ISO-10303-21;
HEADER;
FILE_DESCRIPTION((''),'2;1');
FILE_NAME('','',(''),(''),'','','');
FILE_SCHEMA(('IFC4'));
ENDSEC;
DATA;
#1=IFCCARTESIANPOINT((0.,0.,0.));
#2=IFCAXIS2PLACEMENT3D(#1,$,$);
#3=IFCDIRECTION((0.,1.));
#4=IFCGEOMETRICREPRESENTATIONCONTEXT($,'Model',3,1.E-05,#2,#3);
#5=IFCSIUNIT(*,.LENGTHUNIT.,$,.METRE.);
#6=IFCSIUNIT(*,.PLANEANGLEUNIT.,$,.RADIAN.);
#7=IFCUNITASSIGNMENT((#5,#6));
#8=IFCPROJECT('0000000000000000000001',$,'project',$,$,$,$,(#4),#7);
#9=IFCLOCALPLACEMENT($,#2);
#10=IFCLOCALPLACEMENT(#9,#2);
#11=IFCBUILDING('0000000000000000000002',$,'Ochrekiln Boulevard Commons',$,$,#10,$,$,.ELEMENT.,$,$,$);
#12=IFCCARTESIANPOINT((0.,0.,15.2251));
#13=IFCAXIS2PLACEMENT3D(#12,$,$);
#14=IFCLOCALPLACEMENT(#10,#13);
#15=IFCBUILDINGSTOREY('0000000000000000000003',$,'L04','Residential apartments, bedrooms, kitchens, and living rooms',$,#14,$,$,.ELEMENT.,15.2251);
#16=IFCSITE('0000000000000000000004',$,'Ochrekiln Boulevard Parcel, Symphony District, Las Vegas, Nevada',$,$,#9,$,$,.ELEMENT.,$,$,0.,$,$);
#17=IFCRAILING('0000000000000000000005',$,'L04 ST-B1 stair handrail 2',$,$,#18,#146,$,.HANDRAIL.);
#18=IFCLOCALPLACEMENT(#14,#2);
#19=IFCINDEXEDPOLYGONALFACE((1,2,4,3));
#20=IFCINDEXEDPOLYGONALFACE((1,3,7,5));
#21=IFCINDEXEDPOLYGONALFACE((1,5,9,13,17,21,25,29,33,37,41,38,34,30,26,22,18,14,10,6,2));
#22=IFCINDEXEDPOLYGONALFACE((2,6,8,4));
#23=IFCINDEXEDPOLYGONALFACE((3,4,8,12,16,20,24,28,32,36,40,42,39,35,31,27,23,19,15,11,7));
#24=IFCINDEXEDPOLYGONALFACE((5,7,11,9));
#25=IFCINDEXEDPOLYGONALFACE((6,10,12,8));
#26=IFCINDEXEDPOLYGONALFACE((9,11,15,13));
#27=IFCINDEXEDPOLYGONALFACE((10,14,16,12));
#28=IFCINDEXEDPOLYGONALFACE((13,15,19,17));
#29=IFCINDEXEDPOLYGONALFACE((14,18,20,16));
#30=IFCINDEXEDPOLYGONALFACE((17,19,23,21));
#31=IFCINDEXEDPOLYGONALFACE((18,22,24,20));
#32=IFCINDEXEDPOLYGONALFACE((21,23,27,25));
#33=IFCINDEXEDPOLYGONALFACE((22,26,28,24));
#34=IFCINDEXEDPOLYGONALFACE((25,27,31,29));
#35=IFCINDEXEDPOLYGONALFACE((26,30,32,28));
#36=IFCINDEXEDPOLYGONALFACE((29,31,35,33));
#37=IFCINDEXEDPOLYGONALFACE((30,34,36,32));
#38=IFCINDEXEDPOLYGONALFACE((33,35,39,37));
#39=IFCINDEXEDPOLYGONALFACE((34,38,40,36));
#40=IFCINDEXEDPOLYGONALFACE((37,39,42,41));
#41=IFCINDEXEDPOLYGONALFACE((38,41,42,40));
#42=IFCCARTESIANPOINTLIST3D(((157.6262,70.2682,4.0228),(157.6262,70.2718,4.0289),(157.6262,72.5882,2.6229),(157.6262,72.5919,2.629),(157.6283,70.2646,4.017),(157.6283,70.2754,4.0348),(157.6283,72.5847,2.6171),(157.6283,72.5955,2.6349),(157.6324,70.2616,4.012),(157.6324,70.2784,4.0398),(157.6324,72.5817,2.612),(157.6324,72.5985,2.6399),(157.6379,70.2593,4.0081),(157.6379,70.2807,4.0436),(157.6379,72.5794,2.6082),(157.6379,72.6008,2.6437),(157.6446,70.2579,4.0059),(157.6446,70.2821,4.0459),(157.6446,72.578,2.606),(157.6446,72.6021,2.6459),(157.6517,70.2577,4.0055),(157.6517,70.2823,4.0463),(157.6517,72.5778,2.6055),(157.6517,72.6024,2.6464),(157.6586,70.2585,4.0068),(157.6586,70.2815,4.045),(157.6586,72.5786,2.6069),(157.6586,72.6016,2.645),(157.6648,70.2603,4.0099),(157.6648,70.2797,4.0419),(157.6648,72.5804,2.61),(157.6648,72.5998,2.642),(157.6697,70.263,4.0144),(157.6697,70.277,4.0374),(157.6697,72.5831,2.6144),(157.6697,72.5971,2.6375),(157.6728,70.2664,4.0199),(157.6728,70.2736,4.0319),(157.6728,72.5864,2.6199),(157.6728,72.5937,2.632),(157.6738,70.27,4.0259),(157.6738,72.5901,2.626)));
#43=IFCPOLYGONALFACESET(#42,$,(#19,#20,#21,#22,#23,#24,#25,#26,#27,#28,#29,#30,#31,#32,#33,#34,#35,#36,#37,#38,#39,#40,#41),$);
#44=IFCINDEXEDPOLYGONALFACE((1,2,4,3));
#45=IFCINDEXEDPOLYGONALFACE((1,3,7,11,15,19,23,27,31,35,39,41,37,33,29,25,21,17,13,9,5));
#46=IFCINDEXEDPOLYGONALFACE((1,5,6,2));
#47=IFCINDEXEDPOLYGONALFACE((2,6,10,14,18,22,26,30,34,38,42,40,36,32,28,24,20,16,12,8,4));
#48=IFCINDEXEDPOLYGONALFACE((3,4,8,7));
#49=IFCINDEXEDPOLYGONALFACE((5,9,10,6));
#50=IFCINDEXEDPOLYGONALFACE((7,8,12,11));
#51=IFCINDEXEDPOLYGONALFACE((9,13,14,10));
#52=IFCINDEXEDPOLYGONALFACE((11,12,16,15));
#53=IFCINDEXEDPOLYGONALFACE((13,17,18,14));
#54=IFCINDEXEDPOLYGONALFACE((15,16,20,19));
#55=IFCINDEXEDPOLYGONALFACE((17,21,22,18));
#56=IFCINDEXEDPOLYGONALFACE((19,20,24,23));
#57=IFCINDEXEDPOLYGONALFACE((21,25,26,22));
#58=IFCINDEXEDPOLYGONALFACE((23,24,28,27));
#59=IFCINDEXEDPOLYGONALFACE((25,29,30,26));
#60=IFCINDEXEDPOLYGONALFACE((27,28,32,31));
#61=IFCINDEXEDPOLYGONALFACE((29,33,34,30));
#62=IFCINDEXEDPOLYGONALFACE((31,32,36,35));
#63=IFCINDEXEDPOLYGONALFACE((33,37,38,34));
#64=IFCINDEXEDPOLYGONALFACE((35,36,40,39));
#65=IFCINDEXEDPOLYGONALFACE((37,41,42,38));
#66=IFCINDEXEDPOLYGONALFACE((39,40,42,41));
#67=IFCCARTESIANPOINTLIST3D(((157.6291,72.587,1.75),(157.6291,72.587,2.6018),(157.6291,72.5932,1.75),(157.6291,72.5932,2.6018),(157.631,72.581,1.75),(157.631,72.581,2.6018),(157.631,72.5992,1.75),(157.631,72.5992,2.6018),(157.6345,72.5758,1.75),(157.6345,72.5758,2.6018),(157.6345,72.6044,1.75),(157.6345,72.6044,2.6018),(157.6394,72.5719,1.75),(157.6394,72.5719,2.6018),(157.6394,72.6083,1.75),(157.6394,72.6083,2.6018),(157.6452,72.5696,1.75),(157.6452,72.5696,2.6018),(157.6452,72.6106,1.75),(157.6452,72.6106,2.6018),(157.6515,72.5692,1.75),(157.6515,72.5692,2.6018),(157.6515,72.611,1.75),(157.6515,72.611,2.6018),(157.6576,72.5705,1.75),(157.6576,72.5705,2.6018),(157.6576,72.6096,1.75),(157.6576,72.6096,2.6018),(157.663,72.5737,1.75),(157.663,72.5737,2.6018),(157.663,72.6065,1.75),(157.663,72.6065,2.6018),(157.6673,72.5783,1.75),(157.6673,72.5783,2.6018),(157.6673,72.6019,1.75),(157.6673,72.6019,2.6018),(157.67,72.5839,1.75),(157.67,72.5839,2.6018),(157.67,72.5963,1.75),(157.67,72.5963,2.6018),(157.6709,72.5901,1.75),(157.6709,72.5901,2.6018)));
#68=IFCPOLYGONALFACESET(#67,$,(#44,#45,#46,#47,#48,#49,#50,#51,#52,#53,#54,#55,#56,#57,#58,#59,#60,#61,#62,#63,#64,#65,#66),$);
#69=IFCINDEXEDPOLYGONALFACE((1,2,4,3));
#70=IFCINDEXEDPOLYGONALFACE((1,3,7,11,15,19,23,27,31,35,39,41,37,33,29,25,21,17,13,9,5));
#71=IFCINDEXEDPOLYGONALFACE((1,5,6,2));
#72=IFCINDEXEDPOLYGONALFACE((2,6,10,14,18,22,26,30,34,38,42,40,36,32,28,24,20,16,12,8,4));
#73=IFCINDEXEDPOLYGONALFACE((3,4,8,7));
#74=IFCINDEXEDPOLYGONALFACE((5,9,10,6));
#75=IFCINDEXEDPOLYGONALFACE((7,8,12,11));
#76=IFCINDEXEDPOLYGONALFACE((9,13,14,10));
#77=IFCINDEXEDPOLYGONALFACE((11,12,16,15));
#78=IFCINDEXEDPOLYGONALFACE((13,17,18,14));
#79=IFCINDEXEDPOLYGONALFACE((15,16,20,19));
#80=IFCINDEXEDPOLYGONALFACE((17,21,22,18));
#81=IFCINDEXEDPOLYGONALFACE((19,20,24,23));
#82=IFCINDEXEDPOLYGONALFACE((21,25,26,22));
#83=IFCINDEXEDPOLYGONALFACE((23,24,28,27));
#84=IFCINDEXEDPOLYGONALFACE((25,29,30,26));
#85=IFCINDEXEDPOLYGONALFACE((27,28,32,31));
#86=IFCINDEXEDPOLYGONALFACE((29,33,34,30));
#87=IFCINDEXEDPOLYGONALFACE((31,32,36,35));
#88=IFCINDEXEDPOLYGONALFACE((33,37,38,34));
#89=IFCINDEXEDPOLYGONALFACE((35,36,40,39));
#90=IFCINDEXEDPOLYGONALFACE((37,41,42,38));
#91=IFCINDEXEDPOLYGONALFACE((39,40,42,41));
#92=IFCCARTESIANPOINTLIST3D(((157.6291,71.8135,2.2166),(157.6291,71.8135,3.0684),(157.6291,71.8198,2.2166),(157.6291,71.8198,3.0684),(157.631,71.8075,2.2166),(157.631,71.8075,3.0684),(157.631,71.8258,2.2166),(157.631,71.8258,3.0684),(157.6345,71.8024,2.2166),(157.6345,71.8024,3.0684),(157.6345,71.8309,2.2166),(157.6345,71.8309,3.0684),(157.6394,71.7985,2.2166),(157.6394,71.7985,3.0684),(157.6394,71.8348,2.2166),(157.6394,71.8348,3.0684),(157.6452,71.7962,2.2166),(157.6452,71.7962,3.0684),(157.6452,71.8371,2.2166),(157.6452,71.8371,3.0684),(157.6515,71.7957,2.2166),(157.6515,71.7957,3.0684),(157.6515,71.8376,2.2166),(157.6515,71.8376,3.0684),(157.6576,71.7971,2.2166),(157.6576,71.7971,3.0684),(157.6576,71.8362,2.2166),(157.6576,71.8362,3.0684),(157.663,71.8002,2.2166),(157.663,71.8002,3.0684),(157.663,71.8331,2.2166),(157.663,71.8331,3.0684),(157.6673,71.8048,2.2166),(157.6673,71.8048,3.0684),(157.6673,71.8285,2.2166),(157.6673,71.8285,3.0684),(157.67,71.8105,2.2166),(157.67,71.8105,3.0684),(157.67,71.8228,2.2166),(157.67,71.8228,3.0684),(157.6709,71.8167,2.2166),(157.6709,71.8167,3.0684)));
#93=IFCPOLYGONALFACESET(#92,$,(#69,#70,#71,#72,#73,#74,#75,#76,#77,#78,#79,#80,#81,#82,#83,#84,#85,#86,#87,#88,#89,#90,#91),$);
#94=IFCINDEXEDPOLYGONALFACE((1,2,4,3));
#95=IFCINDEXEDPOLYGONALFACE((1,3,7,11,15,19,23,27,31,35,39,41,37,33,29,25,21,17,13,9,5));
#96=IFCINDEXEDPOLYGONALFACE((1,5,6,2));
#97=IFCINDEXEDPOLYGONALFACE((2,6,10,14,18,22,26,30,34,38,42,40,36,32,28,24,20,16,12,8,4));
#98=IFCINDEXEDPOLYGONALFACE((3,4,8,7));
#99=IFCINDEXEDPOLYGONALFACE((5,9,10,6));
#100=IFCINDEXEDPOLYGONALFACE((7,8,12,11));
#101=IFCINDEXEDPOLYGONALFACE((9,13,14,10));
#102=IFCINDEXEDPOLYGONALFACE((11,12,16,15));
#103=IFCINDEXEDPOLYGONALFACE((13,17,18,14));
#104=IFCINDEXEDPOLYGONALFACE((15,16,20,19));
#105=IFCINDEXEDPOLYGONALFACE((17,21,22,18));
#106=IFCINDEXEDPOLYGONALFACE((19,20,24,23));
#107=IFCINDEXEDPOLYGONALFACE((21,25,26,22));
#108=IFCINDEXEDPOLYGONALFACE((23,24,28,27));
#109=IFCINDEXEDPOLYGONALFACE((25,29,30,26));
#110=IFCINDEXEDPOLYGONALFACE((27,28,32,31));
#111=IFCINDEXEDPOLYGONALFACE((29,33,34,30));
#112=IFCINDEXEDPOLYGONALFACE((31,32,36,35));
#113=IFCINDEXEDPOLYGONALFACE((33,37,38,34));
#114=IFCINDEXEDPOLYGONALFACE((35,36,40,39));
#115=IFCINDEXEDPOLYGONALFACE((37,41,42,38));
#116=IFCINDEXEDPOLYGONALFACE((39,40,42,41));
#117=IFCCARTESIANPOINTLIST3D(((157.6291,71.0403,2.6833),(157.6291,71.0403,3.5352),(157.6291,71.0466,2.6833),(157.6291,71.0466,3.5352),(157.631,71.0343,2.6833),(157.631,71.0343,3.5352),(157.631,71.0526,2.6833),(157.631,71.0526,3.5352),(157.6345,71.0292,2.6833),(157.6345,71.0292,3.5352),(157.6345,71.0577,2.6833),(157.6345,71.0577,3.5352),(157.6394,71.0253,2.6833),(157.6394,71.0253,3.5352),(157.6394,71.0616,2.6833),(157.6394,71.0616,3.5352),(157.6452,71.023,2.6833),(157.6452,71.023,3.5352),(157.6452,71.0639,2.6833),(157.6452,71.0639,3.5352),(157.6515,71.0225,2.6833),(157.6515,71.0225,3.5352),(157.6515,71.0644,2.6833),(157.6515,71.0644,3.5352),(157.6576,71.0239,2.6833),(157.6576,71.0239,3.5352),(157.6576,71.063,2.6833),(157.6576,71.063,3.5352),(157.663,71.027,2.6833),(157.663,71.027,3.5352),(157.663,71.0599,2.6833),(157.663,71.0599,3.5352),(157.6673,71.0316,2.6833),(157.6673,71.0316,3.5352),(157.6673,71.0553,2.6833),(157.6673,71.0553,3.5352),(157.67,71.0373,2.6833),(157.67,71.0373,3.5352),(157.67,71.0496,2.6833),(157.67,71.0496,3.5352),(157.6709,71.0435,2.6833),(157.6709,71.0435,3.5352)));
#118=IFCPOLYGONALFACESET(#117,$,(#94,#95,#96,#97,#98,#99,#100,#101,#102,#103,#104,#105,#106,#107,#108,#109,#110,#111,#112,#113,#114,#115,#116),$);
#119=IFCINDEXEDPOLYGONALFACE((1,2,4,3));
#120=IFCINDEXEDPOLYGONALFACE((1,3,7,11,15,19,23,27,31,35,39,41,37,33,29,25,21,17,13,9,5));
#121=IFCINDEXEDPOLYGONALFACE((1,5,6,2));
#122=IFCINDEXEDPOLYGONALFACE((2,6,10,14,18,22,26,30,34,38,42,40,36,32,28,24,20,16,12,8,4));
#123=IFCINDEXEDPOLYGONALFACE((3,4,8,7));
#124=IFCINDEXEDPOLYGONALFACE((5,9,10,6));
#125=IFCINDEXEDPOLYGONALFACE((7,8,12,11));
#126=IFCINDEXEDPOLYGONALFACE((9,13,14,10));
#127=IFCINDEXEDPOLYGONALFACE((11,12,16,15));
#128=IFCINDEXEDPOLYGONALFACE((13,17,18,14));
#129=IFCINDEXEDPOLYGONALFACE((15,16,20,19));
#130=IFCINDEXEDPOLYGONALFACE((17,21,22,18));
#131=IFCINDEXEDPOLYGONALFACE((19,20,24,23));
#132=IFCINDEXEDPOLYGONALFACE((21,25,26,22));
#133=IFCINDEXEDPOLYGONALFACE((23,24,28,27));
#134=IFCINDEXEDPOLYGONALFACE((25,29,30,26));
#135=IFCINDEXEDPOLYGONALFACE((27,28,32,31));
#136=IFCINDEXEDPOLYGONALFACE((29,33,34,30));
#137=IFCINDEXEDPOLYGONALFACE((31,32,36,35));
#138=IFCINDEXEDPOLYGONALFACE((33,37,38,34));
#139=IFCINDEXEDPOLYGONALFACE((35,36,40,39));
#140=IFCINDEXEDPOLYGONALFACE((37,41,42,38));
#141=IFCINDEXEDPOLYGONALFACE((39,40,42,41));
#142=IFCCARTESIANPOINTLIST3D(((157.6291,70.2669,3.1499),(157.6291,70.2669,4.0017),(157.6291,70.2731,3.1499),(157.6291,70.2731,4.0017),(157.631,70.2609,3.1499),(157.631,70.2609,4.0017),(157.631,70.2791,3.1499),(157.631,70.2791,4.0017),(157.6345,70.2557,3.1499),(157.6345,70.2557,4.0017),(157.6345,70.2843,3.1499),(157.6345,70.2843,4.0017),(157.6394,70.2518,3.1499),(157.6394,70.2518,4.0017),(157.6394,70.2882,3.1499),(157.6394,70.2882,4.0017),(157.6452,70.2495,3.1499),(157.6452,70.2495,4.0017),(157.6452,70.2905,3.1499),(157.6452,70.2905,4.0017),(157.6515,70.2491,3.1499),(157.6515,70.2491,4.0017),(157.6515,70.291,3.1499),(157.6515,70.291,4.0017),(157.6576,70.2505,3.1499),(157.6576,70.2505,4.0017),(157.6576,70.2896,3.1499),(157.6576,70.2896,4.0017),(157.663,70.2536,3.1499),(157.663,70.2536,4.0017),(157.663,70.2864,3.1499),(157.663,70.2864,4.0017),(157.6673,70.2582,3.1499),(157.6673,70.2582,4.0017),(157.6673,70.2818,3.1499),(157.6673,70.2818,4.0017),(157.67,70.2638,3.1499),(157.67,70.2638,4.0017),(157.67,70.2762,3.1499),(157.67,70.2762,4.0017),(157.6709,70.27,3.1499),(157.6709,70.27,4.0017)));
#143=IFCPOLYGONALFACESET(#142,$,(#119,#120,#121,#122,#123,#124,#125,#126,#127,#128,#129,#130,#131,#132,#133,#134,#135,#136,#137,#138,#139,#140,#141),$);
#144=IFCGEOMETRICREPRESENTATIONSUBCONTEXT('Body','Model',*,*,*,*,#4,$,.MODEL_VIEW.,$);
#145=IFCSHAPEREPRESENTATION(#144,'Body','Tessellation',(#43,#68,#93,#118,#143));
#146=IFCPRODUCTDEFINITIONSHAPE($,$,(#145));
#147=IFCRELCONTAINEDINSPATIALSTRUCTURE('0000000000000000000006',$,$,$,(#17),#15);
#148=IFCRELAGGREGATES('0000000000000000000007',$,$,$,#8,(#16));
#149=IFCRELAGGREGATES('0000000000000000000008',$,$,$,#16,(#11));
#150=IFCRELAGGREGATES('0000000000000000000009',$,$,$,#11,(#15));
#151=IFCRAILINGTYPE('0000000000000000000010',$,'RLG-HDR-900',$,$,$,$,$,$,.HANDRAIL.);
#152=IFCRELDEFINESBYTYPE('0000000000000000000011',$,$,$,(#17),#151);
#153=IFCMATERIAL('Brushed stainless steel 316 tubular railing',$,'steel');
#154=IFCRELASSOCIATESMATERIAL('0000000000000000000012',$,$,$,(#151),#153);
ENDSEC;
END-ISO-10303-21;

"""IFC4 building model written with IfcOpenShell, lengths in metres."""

from ifc_helpers import new_model, si_unit, direction, frame, origin, origin_2d, place, context, subcontext, project, spatial, circle, extrude, material, type_object, element, save


model = new_model("IFC4")

# Units and contexts
model_context = context("Model", 3, precision=1e-05, world=origin(), true_north=direction((0.0, 1.0)))
body_context = subcontext(model_context, "Body", "Model", "MODEL_VIEW")
ifc_project = project(units=[si_unit("LENGTHUNIT", "METRE"), si_unit("PLANEANGLEUNIT", "RADIAN")], contexts=[model_context])

# Site, building, storey
site_placement = place(None, origin())
site = spatial("IfcSite", under=ifc_project, at=site_placement, Name="Ochrekiln Boulevard Parcel, Symphony District, Las Vegas, Nevada", CompositionType="ELEMENT", RefElevation=0.0)
building_placement = place(site_placement, origin())
building = spatial("IfcBuilding", under=site, at=building_placement, Name="Ochrekiln Boulevard Commons", CompositionType="ELEMENT")
storey_placement = place(building_placement, frame((0.0, 0.0, 15.2251)))
storey = spatial("IfcBuildingStorey", under=building, at=storey_placement, Name="L04", Description="Residential apartments, bedrooms, kitchens, and living rooms", CompositionType="ELEMENT", Elevation=15.2251)

# Railing
ifc_material_1 = material(Name="Brushed stainless steel 316 tubular railing", Category="steel")
railing_type_1 = type_object("IfcRailingType", Name="RLG-HDR-900", PredefinedType="HANDRAIL", material=ifc_material_1)
railing_1_placement = place(storey_placement, frame((157.6499, 72.5901, 1.75)))
element("IfcRailing", 1, at=railing_1_placement, inside=storey, type_object=railing_type_1, Name="L04 ST-B1 stair handrail 2", PredefinedType="HANDRAIL", context=body_context, shape_type="SweptSolid", body=[
    extrude(circle(Radius=0.0239, at=origin_2d()), frame((0.0, 0.0, 0.876), z_axis=(0.0, -0.85621, 0.516627), x_axis=(1.0, 0.0, 0.0)), (0.0, 0.0, 1.0), 2.7097),
    extrude(circle(Radius=0.021, at=origin_2d()), origin(), (0.0, 0.0, 1.0), 0.8518),
    extrude(circle(Radius=0.021, at=origin_2d()), frame((0.0, -0.7734, 0.4666)), (0.0, 0.0, 1.0), 0.8518),
    extrude(circle(Radius=0.021, at=origin_2d()), frame((0.0, -1.5466, 0.9333)), (0.0, 0.0, 1.0), 0.8518),
    extrude(circle(Radius=0.021, at=origin_2d()), frame((0.0, -2.3201, 1.3999)), (0.0, 0.0, 1.0), 0.8518),
])

save(model, "model.ifc")
